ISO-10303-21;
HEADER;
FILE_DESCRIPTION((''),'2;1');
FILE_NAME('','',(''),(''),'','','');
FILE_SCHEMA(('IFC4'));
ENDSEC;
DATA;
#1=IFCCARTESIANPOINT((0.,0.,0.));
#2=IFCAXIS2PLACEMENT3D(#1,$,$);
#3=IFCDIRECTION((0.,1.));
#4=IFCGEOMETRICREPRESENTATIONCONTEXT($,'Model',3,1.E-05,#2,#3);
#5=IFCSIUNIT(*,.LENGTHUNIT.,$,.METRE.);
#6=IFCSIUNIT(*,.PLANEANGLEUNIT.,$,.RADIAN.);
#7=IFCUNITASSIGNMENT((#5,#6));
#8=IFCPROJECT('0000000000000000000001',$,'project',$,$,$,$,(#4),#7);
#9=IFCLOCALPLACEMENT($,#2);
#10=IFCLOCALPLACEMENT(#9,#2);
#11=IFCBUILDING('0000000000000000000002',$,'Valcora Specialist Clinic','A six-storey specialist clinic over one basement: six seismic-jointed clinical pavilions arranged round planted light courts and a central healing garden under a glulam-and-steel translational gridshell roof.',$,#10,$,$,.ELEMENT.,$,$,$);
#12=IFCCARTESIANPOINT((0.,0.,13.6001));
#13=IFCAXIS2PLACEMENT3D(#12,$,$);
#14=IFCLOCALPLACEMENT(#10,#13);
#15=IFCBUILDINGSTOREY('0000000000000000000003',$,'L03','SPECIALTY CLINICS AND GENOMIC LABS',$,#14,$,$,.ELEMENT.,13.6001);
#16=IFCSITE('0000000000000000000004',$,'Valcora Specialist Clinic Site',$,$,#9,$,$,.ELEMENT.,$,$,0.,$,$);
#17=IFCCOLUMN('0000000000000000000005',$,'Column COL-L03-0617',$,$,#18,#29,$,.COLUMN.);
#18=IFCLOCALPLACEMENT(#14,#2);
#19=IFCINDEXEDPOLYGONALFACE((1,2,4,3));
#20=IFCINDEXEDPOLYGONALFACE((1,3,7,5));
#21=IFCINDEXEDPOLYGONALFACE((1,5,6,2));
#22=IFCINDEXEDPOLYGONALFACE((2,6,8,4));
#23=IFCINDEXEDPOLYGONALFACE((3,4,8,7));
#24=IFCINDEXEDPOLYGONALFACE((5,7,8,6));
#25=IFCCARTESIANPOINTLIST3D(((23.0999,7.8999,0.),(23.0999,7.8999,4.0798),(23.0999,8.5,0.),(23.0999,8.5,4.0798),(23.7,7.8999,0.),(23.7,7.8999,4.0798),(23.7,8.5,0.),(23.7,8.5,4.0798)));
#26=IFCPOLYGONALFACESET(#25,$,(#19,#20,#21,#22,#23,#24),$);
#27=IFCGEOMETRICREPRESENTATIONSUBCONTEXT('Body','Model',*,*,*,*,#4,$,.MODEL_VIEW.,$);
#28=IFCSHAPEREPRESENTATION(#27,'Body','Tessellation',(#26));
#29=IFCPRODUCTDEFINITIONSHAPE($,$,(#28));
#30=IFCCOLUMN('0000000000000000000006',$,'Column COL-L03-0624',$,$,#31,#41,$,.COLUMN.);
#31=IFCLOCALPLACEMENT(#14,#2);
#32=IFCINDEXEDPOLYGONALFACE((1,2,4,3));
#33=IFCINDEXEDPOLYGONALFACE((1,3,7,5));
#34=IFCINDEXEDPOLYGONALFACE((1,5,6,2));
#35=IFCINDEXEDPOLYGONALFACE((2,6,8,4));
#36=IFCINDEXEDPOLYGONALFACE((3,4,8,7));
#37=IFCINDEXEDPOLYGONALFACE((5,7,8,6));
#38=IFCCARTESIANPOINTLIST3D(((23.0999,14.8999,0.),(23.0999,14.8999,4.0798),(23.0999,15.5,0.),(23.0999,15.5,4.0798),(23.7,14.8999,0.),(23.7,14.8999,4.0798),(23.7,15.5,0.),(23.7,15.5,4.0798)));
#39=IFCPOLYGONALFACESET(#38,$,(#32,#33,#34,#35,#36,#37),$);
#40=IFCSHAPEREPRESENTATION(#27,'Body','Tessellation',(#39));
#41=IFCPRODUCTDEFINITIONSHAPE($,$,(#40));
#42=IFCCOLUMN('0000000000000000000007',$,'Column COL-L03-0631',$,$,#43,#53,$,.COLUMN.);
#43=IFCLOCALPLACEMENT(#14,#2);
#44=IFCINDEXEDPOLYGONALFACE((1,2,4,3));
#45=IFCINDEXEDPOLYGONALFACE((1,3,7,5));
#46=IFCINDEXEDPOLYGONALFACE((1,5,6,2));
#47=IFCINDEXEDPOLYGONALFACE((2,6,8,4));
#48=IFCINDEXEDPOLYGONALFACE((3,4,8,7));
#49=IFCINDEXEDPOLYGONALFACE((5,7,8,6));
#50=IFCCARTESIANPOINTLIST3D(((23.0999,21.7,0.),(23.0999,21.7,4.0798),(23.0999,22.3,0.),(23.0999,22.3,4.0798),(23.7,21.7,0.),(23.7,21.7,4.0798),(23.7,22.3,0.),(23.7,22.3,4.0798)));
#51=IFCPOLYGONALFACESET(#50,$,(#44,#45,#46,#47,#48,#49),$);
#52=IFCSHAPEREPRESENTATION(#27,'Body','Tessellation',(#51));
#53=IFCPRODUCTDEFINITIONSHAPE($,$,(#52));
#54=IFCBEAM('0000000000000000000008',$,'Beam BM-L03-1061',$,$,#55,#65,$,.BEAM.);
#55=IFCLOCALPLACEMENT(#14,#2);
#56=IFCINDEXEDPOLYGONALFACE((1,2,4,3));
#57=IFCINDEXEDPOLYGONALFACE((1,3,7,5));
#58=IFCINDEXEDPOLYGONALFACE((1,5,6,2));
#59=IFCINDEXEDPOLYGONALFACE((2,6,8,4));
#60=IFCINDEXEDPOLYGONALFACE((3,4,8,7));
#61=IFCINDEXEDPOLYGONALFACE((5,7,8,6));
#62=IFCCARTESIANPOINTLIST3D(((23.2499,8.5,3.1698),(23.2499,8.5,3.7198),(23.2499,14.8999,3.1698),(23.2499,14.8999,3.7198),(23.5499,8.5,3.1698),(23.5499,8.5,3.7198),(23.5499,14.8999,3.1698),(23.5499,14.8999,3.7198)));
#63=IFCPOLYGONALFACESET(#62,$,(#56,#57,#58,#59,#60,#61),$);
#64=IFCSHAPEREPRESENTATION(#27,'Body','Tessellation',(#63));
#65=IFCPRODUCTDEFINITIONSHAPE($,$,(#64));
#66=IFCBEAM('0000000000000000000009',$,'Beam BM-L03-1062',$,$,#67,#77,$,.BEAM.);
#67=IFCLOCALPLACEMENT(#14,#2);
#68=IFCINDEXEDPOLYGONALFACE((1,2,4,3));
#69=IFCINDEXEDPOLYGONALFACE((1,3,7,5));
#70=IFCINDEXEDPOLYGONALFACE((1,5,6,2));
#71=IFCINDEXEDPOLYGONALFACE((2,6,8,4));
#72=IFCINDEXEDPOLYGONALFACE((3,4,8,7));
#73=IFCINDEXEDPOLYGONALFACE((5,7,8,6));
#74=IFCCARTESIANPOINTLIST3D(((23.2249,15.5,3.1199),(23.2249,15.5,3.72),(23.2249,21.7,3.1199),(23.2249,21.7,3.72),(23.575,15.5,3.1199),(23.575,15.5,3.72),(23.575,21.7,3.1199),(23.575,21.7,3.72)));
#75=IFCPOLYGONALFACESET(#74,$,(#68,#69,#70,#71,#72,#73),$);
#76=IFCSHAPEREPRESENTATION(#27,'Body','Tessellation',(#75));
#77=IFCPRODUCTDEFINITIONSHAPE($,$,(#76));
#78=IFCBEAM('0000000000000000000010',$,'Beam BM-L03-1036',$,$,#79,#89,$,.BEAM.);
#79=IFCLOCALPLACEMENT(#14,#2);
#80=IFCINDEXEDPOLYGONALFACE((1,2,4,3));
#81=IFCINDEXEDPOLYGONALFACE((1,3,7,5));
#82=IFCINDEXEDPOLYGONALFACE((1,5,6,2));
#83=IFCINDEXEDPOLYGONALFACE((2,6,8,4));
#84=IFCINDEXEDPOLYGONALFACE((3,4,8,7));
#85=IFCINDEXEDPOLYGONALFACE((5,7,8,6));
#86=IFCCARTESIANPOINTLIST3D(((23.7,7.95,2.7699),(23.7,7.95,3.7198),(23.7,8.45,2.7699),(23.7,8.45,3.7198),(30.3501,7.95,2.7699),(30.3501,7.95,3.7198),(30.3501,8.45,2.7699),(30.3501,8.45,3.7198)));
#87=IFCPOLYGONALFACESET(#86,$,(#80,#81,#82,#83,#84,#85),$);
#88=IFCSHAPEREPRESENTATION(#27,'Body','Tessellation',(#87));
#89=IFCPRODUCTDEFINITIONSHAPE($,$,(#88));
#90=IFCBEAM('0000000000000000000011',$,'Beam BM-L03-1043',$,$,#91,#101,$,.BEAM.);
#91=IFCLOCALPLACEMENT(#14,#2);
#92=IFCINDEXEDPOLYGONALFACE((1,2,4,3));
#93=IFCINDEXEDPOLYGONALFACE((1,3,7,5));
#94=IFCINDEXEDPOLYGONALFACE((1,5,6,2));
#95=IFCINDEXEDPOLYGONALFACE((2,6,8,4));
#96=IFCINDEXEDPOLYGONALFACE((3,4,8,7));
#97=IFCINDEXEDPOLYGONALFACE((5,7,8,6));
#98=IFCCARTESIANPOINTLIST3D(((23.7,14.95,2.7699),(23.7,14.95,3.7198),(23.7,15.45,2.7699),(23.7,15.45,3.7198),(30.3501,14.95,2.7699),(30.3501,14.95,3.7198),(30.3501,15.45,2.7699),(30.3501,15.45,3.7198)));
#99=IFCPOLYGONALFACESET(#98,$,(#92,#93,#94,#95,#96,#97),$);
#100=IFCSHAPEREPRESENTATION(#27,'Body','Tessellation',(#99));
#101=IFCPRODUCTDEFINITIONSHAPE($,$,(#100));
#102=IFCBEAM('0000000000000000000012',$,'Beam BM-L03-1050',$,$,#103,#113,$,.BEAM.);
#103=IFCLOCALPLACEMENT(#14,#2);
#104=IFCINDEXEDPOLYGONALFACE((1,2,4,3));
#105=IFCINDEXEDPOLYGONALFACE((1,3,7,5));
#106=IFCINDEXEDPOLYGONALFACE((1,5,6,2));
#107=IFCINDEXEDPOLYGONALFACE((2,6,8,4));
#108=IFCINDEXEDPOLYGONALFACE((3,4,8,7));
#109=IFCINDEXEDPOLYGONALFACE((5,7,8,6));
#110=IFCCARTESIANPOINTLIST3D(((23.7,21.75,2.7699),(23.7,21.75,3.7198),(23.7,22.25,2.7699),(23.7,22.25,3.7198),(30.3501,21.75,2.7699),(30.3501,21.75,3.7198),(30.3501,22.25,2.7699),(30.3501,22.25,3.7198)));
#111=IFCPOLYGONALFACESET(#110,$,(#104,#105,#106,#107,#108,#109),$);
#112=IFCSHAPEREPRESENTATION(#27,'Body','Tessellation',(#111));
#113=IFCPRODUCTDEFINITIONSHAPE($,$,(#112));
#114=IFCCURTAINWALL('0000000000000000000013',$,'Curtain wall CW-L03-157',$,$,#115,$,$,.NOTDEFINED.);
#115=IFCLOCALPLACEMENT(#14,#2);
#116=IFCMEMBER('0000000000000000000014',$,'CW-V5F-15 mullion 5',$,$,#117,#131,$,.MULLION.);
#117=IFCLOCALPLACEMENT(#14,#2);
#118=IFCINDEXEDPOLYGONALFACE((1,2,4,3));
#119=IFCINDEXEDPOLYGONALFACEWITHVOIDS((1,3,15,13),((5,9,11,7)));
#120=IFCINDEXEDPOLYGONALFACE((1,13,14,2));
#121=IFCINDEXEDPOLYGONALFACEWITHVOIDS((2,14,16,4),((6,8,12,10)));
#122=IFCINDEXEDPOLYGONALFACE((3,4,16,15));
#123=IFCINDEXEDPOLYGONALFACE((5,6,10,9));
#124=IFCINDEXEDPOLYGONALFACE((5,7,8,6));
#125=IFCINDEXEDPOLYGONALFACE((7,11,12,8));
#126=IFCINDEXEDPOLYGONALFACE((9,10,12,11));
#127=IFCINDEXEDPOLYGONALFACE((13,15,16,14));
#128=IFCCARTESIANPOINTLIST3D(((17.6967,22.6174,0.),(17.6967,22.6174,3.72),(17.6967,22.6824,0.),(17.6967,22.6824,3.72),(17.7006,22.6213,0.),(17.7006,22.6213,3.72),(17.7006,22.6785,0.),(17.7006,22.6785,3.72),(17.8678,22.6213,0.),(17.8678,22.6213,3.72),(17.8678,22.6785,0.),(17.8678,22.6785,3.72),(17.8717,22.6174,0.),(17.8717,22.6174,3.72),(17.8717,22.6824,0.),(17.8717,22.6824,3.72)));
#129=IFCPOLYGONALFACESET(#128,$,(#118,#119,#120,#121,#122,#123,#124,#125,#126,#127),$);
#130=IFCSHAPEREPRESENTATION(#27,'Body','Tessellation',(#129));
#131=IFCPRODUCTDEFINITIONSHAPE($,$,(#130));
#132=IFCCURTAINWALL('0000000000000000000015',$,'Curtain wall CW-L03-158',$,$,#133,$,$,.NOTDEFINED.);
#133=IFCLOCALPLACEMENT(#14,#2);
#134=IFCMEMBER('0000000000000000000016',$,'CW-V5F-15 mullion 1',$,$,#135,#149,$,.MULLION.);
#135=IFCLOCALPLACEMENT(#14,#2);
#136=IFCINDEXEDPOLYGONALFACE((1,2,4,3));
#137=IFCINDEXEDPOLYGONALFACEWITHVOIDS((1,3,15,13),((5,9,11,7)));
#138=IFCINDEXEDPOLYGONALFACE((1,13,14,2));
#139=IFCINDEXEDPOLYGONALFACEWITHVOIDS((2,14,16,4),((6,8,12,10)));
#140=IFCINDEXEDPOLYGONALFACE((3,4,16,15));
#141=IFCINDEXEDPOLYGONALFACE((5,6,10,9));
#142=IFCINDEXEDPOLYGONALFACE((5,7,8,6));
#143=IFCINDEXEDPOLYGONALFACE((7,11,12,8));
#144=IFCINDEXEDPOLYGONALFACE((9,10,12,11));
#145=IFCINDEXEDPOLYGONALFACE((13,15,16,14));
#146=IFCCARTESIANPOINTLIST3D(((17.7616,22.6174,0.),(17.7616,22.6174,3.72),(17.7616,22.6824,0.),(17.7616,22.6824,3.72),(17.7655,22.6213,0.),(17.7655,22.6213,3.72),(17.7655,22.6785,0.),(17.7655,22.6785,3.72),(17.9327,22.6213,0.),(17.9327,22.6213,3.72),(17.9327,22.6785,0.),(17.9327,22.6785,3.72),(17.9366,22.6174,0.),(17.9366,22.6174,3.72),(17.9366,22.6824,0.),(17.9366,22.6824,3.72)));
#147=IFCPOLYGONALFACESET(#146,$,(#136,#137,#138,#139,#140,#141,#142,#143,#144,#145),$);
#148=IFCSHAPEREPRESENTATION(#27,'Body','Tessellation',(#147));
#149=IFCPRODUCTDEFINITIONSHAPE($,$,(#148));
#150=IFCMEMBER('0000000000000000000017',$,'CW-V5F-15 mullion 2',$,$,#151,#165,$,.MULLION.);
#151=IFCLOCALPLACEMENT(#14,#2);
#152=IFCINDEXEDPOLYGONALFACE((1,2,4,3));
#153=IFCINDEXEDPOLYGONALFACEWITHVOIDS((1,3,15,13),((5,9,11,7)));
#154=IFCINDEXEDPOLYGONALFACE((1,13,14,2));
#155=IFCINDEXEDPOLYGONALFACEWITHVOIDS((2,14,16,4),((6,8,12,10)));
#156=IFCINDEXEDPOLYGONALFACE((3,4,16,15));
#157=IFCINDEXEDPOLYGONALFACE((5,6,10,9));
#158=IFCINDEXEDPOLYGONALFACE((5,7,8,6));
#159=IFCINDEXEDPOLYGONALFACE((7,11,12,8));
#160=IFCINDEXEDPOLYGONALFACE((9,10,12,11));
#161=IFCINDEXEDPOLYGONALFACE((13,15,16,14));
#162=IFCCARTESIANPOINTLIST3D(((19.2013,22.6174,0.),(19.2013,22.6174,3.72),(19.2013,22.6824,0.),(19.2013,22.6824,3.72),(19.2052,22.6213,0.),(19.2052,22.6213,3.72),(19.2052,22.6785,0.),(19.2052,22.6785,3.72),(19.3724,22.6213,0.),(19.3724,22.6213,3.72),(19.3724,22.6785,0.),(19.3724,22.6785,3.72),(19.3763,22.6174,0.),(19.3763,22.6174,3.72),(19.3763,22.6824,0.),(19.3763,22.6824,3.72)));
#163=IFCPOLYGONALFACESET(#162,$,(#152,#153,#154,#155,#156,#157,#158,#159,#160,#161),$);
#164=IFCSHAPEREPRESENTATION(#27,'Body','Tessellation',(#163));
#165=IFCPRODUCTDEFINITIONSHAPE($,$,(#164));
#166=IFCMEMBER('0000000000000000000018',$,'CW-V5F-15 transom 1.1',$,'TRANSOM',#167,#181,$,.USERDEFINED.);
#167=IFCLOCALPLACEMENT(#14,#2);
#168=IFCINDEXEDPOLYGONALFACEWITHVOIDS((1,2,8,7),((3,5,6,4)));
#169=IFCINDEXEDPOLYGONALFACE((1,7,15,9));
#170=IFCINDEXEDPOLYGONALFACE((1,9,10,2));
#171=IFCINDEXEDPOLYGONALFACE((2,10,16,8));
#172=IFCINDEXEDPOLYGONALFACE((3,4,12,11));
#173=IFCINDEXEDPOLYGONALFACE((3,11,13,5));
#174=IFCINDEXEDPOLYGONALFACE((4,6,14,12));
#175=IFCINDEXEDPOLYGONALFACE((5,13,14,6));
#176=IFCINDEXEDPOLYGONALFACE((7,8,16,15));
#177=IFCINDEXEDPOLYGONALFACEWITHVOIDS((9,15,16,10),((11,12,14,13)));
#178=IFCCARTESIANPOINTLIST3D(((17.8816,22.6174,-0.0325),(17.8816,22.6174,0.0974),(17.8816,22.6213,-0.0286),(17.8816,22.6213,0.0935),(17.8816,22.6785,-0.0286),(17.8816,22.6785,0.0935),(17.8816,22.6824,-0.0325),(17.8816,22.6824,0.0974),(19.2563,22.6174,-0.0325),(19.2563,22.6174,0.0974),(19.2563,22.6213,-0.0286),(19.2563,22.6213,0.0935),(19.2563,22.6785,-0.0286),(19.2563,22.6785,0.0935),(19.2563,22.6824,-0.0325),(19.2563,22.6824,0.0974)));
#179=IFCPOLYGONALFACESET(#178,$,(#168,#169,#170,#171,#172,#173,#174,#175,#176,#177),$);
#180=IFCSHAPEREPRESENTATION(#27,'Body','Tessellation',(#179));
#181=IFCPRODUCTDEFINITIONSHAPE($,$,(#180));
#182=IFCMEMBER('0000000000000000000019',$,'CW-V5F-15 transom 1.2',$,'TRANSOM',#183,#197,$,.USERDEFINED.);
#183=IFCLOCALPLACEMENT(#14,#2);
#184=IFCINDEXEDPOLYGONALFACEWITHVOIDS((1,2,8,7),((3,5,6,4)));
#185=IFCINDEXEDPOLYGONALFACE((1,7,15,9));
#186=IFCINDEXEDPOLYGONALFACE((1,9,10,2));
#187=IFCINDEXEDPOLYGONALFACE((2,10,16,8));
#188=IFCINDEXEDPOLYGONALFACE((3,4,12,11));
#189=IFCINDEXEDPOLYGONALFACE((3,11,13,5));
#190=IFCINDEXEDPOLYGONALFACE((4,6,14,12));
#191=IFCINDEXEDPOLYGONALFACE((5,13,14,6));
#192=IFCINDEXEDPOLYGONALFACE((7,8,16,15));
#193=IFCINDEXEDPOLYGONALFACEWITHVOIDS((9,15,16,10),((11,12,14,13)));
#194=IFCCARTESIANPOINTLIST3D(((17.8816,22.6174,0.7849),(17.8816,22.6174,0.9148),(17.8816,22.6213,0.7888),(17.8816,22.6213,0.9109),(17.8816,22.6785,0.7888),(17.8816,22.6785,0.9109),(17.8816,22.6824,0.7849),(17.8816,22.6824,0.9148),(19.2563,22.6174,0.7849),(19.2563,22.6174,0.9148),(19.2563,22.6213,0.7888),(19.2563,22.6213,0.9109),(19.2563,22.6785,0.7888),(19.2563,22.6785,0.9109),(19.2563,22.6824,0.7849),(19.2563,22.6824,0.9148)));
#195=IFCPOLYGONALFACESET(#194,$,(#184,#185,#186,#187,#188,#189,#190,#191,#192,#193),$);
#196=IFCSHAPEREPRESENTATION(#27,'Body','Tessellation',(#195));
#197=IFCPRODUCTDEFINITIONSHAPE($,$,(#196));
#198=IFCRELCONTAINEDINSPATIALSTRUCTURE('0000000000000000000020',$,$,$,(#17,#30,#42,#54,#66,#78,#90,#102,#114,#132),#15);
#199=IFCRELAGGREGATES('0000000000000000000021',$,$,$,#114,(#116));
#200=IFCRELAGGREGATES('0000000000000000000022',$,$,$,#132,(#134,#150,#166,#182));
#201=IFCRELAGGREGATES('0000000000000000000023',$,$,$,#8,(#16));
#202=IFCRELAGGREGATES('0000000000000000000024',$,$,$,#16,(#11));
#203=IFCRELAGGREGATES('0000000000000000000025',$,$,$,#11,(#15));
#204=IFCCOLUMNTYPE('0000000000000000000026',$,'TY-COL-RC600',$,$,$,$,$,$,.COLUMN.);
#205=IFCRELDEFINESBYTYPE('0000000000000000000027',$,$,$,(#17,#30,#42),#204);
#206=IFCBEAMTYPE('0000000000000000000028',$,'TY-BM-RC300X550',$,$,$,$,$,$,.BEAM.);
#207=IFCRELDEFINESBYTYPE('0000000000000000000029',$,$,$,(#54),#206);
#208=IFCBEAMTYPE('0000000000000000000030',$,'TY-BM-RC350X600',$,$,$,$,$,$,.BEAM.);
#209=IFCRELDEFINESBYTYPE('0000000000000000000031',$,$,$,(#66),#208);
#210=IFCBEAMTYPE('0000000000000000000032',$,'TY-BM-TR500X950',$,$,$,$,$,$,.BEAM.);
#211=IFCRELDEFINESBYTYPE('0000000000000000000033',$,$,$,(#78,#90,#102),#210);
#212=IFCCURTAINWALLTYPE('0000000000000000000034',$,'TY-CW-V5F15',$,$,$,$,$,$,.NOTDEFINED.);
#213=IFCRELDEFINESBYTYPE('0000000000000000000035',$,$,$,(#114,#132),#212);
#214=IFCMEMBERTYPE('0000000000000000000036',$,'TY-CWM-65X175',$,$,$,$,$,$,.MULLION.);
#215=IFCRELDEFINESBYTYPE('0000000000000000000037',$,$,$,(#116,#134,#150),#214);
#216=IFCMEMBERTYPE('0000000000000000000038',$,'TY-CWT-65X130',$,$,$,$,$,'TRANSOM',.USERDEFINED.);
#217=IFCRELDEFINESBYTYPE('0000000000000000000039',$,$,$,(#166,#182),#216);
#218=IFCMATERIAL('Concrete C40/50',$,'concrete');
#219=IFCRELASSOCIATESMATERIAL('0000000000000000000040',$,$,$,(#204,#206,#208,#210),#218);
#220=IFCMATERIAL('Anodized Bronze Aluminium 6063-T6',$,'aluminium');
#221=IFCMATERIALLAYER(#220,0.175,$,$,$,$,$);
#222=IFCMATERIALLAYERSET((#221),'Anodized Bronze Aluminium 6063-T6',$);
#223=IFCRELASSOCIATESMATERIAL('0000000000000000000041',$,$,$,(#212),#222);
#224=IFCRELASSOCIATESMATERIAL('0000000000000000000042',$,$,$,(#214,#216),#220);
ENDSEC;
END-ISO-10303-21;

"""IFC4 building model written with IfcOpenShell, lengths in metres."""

from ifc_helpers import new_model, si_unit, direction, frame, origin, origin_2d, place, context, subcontext, project, spatial, rectangle, hollow_rectangle, extrude, material, layer, layer_set, material_profile, profile_set, type_object, element, aggregate, save


model = new_model("IFC4")

# Units and contexts
model_context = context("Model", 3, precision=1e-05, world=origin(), true_north=direction((0.0, 1.0)))
body_context = subcontext(model_context, "Body", "Model", "MODEL_VIEW")
ifc_project = project(units=[si_unit("LENGTHUNIT", "METRE"), si_unit("PLANEANGLEUNIT", "RADIAN")], contexts=[model_context])

# Site, building, storey
site_placement = place(None, origin())
site = spatial("IfcSite", under=ifc_project, at=site_placement, Name="Valcora Specialist Clinic Site", CompositionType="ELEMENT", RefElevation=0.0)
building_placement = place(site_placement, origin())
building = spatial("IfcBuilding", under=site, at=building_placement, Name="Valcora Specialist Clinic", Description="A six-storey specialist clinic over one basement: six seismic-jointed clinical pavilions arranged round planted light courts and a central healing garden under a glulam-and-steel translational gridshell roof.", CompositionType="ELEMENT")
storey_placement = place(building_placement, frame((0.0, 0.0, 13.6001)))
storey = spatial("IfcBuildingStorey", under=building, at=storey_placement, Name="L03", Description="SPECIALTY CLINICS AND GENOMIC LABS", CompositionType="ELEMENT", Elevation=13.6001)

# Columns
ifc_material_1 = material(Name="Concrete C40/50", Category="concrete")
ifc_material_profile_1 = material_profile(ifc_material_1, rectangle(XDim=0.6001, YDim=0.6001, at=origin_2d()), Name="RC-COL-600X600")
ifc_profile_set_1 = profile_set([ifc_material_profile_1], Name="Concrete C40/50")
column_type = type_object("IfcColumnType", Name="TY-COL-RC600", PredefinedType="COLUMN", material=ifc_profile_set_1)
for number, where, z_axis, x_axis, name in (
    (1, (23.3999, 8.2, 0.0), (0.0, 0.0, 1.0), (1.0, 0.0, 0.0), "Column COL-L03-0617"),
    (2, (23.3999, 15.2, 0.0), (0.0, 0.0, 1.0), (1.0, 0.0, 0.0), "Column COL-L03-0624"),
    (3, (23.3999, 22.0, 0.0), (0.0, 0.0, 1.0), (1.0, 0.0, 0.0), "Column COL-L03-0631"),
):
    element("IfcColumn", number, at=place(storey_placement, frame(where, z_axis=z_axis, x_axis=x_axis)), inside=storey, type_object=column_type, Name=name, PredefinedType="COLUMN", context=body_context, shape_type="SweptSolid", body=[
        extrude(rectangle(XDim=0.6001, YDim=0.6001, at=origin_2d()), origin(), (0.0, 0.0, 1.0), 4.0798),
    ])

# Beams
ifc_material_profile_2 = material_profile(ifc_material_1, rectangle(XDim=0.3, YDim=0.55, at=origin_2d()), Name="RC-BM-300X550")
ifc_profile_set_2 = profile_set([ifc_material_profile_2], Name="Concrete C40/50")
beam_type_1 = type_object("IfcBeamType", Name="TY-BM-RC300X550", PredefinedType="BEAM", material=ifc_profile_set_2)
beam_1_placement = place(storey_placement, frame((23.3999, 8.5, 3.4448), z_axis=(0.0, 1.0, 0.0), x_axis=(-1.0, 0.0, 0.0)))
element("IfcBeam", 4, at=beam_1_placement, inside=storey, type_object=beam_type_1, Name="Beam BM-L03-1061", PredefinedType="BEAM", context=body_context, shape_type="SweptSolid", body=[
    extrude(rectangle(XDim=0.3, YDim=0.55, at=origin_2d()), origin(), (0.0, 0.0, 1.0), 6.3999),
])
ifc_material_profile_3 = material_profile(ifc_material_1, rectangle(XDim=0.3501, YDim=0.6001, at=origin_2d()), Name="RC-BM-350X600")
ifc_profile_set_3 = profile_set([ifc_material_profile_3], Name="Concrete C40/50")
beam_type_2 = type_object("IfcBeamType", Name="TY-BM-RC350X600", PredefinedType="BEAM", material=ifc_profile_set_3)
beam_2_placement = place(storey_placement, frame((23.3999, 15.5, 3.4199), z_axis=(0.0, 1.0, 0.0), x_axis=(-1.0, 0.0, 0.0)))
element("IfcBeam", 5, at=beam_2_placement, inside=storey, type_object=beam_type_2, Name="Beam BM-L03-1062", PredefinedType="BEAM", context=body_context, shape_type="SweptSolid", body=[
    extrude(rectangle(XDim=0.3501, YDim=0.6001, at=origin_2d()), origin(), (0.0, 0.0, 1.0), 6.2),
])
ifc_material_profile_4 = material_profile(ifc_material_1, rectangle(XDim=0.5, YDim=0.95, at=origin_2d()), Name="RC-BM-500X950")
ifc_profile_set_4 = profile_set([ifc_material_profile_4], Name="Concrete C40/50")
beam_type_3 = type_object("IfcBeamType", Name="TY-BM-TR500X950", PredefinedType="BEAM", material=ifc_profile_set_4)
for number, where, z_axis, x_axis, name in (
    (6, (23.7, 8.2, 3.2449), (1.0, 0.0, 0.0), (0.0, 1.0, 0.0), "Beam BM-L03-1036"),
    (7, (23.7, 15.2, 3.2449), (1.0, 0.0, 0.0), (0.0, 1.0, 0.0), "Beam BM-L03-1043"),
    (8, (23.7, 22.0, 3.2449), (1.0, 0.0, 0.0), (0.0, 1.0, 0.0), "Beam BM-L03-1050"),
):
    element("IfcBeam", number, at=place(storey_placement, frame(where, z_axis=z_axis, x_axis=x_axis)), inside=storey, type_object=beam_type_3, Name=name, PredefinedType="BEAM", context=body_context, shape_type="SweptSolid", body=[
        extrude(rectangle(XDim=0.5, YDim=0.95, at=origin_2d()), origin(), (0.0, 0.0, 1.0), 6.6501),
    ])

# Curtain wall, member
ifc_material_2 = material(Name="Anodized Bronze Aluminium 6063-T6", Category="aluminium")
ifc_layer_1 = layer(ifc_material_2, 0.175)
ifc_layer_set_1 = layer_set([ifc_layer_1], Name="Anodized Bronze Aluminium 6063-T6")
curtain_wall_type = type_object("IfcCurtainWallType", Name="TY-CW-V5F15", PredefinedType="NOTDEFINED", material=ifc_layer_set_1)
curtain_wall_1_placement = place(storey_placement, origin())
curtain_wall_1 = element("IfcCurtainWall", 9, at=curtain_wall_1_placement, inside=storey, type_object=curtain_wall_type, Name="Curtain wall CW-L03-157", PredefinedType="NOTDEFINED")
ifc_material_profile_5 = material_profile(ifc_material_2, hollow_rectangle(XDim=0.0649, YDim=0.175, WallThickness=0.0039, at=origin_2d()), Name="AL-MUL-65X175")
ifc_profile_set_5 = profile_set([ifc_material_profile_5], Name="Anodized Bronze Aluminium 6063-T6")
member_type_1 = type_object("IfcMemberType", Name="TY-CWM-65X175", PredefinedType="MULLION", material=ifc_profile_set_5)
member_1_placement = place(storey_placement, frame((17.7842, 22.6499, 0.0), z_axis=(0.0, 0.0, 1.0), x_axis=(0.0, 1.0, 0.0)))
member_1 = element("IfcMember", 10, at=member_1_placement, type_object=member_type_1, Name="CW-V5F-15 mullion 5", PredefinedType="MULLION", context=body_context, shape_type="SweptSolid", body=[
    extrude(hollow_rectangle(XDim=0.0649, YDim=0.175, WallThickness=0.0039, at=origin_2d()), origin(), (0.0, 0.0, 1.0), 3.72),
])

# Curtain wall, members
curtain_wall_2_placement = place(storey_placement, origin())
curtain_wall_2 = element("IfcCurtainWall", 11, at=curtain_wall_2_placement, inside=storey, type_object=curtain_wall_type, Name="Curtain wall CW-L03-158", PredefinedType="NOTDEFINED")
member_2_placement = place(storey_placement, frame((17.8491, 22.6499, 0.0), z_axis=(0.0, 0.0, 1.0), x_axis=(0.0, 1.0, 0.0)))
member_2 = element("IfcMember", 12, at=member_2_placement, type_object=member_type_1, Name="CW-V5F-15 mullion 1", PredefinedType="MULLION", context=body_context, shape_type="SweptSolid", body=[
    extrude(hollow_rectangle(XDim=0.0649, YDim=0.175, WallThickness=0.0039, at=origin_2d()), origin(), (0.0, 0.0, 1.0), 3.72),
])
member_3_placement = place(storey_placement, frame((19.2888, 22.6499, 0.0), z_axis=(0.0, 0.0, 1.0), x_axis=(0.0, 1.0, 0.0)))
member_3 = element("IfcMember", 13, at=member_3_placement, type_object=member_type_1, Name="CW-V5F-15 mullion 2", PredefinedType="MULLION", context=body_context, shape_type="SweptSolid", body=[
    extrude(hollow_rectangle(XDim=0.0649, YDim=0.175, WallThickness=0.0039, at=origin_2d()), origin(), (0.0, 0.0, 1.0), 3.72),
])
ifc_material_profile_6 = material_profile(ifc_material_2, hollow_rectangle(XDim=0.0649, YDim=0.1299, WallThickness=0.0039, at=origin_2d()), Name="AL-TRN-65X130")
ifc_profile_set_6 = profile_set([ifc_material_profile_6], Name="Anodized Bronze Aluminium 6063-T6")
member_type_2 = type_object("IfcMemberType", Name="TY-CWT-65X130", ElementType="TRANSOM", PredefinedType="USERDEFINED", material=ifc_profile_set_6)
member_4_placement = place(storey_placement, frame((17.8816, 22.6499, 0.0325), z_axis=(1.0, 0.0, 0.0), x_axis=(0.0, 1.0, 0.0)))
member_4 = element("IfcMember", 14, at=member_4_placement, type_object=member_type_2, Name="CW-V5F-15 transom 1.1", ObjectType="TRANSOM", PredefinedType="USERDEFINED", context=body_context, shape_type="SweptSolid", body=[
    extrude(hollow_rectangle(XDim=0.0649, YDim=0.1299, WallThickness=0.0039, at=origin_2d()), origin(), (0.0, 0.0, 1.0), 1.3748),
])
member_5_placement = place(storey_placement, frame((17.8816, 22.6499, 0.8499), z_axis=(1.0, 0.0, 0.0), x_axis=(0.0, 1.0, 0.0)))
member_5 = element("IfcMember", 15, at=member_5_placement, type_object=member_type_2, Name="CW-V5F-15 transom 1.2", ObjectType="TRANSOM", PredefinedType="USERDEFINED", context=body_context, shape_type="SweptSolid", body=[
    extrude(hollow_rectangle(XDim=0.0649, YDim=0.1299, WallThickness=0.0039, at=origin_2d()), origin(), (0.0, 0.0, 1.0), 1.3748),
])

aggregate(curtain_wall_1, [member_1])
aggregate(curtain_wall_2, [member_2, member_3, member_4, member_5])

save(model, "model.ifc")
